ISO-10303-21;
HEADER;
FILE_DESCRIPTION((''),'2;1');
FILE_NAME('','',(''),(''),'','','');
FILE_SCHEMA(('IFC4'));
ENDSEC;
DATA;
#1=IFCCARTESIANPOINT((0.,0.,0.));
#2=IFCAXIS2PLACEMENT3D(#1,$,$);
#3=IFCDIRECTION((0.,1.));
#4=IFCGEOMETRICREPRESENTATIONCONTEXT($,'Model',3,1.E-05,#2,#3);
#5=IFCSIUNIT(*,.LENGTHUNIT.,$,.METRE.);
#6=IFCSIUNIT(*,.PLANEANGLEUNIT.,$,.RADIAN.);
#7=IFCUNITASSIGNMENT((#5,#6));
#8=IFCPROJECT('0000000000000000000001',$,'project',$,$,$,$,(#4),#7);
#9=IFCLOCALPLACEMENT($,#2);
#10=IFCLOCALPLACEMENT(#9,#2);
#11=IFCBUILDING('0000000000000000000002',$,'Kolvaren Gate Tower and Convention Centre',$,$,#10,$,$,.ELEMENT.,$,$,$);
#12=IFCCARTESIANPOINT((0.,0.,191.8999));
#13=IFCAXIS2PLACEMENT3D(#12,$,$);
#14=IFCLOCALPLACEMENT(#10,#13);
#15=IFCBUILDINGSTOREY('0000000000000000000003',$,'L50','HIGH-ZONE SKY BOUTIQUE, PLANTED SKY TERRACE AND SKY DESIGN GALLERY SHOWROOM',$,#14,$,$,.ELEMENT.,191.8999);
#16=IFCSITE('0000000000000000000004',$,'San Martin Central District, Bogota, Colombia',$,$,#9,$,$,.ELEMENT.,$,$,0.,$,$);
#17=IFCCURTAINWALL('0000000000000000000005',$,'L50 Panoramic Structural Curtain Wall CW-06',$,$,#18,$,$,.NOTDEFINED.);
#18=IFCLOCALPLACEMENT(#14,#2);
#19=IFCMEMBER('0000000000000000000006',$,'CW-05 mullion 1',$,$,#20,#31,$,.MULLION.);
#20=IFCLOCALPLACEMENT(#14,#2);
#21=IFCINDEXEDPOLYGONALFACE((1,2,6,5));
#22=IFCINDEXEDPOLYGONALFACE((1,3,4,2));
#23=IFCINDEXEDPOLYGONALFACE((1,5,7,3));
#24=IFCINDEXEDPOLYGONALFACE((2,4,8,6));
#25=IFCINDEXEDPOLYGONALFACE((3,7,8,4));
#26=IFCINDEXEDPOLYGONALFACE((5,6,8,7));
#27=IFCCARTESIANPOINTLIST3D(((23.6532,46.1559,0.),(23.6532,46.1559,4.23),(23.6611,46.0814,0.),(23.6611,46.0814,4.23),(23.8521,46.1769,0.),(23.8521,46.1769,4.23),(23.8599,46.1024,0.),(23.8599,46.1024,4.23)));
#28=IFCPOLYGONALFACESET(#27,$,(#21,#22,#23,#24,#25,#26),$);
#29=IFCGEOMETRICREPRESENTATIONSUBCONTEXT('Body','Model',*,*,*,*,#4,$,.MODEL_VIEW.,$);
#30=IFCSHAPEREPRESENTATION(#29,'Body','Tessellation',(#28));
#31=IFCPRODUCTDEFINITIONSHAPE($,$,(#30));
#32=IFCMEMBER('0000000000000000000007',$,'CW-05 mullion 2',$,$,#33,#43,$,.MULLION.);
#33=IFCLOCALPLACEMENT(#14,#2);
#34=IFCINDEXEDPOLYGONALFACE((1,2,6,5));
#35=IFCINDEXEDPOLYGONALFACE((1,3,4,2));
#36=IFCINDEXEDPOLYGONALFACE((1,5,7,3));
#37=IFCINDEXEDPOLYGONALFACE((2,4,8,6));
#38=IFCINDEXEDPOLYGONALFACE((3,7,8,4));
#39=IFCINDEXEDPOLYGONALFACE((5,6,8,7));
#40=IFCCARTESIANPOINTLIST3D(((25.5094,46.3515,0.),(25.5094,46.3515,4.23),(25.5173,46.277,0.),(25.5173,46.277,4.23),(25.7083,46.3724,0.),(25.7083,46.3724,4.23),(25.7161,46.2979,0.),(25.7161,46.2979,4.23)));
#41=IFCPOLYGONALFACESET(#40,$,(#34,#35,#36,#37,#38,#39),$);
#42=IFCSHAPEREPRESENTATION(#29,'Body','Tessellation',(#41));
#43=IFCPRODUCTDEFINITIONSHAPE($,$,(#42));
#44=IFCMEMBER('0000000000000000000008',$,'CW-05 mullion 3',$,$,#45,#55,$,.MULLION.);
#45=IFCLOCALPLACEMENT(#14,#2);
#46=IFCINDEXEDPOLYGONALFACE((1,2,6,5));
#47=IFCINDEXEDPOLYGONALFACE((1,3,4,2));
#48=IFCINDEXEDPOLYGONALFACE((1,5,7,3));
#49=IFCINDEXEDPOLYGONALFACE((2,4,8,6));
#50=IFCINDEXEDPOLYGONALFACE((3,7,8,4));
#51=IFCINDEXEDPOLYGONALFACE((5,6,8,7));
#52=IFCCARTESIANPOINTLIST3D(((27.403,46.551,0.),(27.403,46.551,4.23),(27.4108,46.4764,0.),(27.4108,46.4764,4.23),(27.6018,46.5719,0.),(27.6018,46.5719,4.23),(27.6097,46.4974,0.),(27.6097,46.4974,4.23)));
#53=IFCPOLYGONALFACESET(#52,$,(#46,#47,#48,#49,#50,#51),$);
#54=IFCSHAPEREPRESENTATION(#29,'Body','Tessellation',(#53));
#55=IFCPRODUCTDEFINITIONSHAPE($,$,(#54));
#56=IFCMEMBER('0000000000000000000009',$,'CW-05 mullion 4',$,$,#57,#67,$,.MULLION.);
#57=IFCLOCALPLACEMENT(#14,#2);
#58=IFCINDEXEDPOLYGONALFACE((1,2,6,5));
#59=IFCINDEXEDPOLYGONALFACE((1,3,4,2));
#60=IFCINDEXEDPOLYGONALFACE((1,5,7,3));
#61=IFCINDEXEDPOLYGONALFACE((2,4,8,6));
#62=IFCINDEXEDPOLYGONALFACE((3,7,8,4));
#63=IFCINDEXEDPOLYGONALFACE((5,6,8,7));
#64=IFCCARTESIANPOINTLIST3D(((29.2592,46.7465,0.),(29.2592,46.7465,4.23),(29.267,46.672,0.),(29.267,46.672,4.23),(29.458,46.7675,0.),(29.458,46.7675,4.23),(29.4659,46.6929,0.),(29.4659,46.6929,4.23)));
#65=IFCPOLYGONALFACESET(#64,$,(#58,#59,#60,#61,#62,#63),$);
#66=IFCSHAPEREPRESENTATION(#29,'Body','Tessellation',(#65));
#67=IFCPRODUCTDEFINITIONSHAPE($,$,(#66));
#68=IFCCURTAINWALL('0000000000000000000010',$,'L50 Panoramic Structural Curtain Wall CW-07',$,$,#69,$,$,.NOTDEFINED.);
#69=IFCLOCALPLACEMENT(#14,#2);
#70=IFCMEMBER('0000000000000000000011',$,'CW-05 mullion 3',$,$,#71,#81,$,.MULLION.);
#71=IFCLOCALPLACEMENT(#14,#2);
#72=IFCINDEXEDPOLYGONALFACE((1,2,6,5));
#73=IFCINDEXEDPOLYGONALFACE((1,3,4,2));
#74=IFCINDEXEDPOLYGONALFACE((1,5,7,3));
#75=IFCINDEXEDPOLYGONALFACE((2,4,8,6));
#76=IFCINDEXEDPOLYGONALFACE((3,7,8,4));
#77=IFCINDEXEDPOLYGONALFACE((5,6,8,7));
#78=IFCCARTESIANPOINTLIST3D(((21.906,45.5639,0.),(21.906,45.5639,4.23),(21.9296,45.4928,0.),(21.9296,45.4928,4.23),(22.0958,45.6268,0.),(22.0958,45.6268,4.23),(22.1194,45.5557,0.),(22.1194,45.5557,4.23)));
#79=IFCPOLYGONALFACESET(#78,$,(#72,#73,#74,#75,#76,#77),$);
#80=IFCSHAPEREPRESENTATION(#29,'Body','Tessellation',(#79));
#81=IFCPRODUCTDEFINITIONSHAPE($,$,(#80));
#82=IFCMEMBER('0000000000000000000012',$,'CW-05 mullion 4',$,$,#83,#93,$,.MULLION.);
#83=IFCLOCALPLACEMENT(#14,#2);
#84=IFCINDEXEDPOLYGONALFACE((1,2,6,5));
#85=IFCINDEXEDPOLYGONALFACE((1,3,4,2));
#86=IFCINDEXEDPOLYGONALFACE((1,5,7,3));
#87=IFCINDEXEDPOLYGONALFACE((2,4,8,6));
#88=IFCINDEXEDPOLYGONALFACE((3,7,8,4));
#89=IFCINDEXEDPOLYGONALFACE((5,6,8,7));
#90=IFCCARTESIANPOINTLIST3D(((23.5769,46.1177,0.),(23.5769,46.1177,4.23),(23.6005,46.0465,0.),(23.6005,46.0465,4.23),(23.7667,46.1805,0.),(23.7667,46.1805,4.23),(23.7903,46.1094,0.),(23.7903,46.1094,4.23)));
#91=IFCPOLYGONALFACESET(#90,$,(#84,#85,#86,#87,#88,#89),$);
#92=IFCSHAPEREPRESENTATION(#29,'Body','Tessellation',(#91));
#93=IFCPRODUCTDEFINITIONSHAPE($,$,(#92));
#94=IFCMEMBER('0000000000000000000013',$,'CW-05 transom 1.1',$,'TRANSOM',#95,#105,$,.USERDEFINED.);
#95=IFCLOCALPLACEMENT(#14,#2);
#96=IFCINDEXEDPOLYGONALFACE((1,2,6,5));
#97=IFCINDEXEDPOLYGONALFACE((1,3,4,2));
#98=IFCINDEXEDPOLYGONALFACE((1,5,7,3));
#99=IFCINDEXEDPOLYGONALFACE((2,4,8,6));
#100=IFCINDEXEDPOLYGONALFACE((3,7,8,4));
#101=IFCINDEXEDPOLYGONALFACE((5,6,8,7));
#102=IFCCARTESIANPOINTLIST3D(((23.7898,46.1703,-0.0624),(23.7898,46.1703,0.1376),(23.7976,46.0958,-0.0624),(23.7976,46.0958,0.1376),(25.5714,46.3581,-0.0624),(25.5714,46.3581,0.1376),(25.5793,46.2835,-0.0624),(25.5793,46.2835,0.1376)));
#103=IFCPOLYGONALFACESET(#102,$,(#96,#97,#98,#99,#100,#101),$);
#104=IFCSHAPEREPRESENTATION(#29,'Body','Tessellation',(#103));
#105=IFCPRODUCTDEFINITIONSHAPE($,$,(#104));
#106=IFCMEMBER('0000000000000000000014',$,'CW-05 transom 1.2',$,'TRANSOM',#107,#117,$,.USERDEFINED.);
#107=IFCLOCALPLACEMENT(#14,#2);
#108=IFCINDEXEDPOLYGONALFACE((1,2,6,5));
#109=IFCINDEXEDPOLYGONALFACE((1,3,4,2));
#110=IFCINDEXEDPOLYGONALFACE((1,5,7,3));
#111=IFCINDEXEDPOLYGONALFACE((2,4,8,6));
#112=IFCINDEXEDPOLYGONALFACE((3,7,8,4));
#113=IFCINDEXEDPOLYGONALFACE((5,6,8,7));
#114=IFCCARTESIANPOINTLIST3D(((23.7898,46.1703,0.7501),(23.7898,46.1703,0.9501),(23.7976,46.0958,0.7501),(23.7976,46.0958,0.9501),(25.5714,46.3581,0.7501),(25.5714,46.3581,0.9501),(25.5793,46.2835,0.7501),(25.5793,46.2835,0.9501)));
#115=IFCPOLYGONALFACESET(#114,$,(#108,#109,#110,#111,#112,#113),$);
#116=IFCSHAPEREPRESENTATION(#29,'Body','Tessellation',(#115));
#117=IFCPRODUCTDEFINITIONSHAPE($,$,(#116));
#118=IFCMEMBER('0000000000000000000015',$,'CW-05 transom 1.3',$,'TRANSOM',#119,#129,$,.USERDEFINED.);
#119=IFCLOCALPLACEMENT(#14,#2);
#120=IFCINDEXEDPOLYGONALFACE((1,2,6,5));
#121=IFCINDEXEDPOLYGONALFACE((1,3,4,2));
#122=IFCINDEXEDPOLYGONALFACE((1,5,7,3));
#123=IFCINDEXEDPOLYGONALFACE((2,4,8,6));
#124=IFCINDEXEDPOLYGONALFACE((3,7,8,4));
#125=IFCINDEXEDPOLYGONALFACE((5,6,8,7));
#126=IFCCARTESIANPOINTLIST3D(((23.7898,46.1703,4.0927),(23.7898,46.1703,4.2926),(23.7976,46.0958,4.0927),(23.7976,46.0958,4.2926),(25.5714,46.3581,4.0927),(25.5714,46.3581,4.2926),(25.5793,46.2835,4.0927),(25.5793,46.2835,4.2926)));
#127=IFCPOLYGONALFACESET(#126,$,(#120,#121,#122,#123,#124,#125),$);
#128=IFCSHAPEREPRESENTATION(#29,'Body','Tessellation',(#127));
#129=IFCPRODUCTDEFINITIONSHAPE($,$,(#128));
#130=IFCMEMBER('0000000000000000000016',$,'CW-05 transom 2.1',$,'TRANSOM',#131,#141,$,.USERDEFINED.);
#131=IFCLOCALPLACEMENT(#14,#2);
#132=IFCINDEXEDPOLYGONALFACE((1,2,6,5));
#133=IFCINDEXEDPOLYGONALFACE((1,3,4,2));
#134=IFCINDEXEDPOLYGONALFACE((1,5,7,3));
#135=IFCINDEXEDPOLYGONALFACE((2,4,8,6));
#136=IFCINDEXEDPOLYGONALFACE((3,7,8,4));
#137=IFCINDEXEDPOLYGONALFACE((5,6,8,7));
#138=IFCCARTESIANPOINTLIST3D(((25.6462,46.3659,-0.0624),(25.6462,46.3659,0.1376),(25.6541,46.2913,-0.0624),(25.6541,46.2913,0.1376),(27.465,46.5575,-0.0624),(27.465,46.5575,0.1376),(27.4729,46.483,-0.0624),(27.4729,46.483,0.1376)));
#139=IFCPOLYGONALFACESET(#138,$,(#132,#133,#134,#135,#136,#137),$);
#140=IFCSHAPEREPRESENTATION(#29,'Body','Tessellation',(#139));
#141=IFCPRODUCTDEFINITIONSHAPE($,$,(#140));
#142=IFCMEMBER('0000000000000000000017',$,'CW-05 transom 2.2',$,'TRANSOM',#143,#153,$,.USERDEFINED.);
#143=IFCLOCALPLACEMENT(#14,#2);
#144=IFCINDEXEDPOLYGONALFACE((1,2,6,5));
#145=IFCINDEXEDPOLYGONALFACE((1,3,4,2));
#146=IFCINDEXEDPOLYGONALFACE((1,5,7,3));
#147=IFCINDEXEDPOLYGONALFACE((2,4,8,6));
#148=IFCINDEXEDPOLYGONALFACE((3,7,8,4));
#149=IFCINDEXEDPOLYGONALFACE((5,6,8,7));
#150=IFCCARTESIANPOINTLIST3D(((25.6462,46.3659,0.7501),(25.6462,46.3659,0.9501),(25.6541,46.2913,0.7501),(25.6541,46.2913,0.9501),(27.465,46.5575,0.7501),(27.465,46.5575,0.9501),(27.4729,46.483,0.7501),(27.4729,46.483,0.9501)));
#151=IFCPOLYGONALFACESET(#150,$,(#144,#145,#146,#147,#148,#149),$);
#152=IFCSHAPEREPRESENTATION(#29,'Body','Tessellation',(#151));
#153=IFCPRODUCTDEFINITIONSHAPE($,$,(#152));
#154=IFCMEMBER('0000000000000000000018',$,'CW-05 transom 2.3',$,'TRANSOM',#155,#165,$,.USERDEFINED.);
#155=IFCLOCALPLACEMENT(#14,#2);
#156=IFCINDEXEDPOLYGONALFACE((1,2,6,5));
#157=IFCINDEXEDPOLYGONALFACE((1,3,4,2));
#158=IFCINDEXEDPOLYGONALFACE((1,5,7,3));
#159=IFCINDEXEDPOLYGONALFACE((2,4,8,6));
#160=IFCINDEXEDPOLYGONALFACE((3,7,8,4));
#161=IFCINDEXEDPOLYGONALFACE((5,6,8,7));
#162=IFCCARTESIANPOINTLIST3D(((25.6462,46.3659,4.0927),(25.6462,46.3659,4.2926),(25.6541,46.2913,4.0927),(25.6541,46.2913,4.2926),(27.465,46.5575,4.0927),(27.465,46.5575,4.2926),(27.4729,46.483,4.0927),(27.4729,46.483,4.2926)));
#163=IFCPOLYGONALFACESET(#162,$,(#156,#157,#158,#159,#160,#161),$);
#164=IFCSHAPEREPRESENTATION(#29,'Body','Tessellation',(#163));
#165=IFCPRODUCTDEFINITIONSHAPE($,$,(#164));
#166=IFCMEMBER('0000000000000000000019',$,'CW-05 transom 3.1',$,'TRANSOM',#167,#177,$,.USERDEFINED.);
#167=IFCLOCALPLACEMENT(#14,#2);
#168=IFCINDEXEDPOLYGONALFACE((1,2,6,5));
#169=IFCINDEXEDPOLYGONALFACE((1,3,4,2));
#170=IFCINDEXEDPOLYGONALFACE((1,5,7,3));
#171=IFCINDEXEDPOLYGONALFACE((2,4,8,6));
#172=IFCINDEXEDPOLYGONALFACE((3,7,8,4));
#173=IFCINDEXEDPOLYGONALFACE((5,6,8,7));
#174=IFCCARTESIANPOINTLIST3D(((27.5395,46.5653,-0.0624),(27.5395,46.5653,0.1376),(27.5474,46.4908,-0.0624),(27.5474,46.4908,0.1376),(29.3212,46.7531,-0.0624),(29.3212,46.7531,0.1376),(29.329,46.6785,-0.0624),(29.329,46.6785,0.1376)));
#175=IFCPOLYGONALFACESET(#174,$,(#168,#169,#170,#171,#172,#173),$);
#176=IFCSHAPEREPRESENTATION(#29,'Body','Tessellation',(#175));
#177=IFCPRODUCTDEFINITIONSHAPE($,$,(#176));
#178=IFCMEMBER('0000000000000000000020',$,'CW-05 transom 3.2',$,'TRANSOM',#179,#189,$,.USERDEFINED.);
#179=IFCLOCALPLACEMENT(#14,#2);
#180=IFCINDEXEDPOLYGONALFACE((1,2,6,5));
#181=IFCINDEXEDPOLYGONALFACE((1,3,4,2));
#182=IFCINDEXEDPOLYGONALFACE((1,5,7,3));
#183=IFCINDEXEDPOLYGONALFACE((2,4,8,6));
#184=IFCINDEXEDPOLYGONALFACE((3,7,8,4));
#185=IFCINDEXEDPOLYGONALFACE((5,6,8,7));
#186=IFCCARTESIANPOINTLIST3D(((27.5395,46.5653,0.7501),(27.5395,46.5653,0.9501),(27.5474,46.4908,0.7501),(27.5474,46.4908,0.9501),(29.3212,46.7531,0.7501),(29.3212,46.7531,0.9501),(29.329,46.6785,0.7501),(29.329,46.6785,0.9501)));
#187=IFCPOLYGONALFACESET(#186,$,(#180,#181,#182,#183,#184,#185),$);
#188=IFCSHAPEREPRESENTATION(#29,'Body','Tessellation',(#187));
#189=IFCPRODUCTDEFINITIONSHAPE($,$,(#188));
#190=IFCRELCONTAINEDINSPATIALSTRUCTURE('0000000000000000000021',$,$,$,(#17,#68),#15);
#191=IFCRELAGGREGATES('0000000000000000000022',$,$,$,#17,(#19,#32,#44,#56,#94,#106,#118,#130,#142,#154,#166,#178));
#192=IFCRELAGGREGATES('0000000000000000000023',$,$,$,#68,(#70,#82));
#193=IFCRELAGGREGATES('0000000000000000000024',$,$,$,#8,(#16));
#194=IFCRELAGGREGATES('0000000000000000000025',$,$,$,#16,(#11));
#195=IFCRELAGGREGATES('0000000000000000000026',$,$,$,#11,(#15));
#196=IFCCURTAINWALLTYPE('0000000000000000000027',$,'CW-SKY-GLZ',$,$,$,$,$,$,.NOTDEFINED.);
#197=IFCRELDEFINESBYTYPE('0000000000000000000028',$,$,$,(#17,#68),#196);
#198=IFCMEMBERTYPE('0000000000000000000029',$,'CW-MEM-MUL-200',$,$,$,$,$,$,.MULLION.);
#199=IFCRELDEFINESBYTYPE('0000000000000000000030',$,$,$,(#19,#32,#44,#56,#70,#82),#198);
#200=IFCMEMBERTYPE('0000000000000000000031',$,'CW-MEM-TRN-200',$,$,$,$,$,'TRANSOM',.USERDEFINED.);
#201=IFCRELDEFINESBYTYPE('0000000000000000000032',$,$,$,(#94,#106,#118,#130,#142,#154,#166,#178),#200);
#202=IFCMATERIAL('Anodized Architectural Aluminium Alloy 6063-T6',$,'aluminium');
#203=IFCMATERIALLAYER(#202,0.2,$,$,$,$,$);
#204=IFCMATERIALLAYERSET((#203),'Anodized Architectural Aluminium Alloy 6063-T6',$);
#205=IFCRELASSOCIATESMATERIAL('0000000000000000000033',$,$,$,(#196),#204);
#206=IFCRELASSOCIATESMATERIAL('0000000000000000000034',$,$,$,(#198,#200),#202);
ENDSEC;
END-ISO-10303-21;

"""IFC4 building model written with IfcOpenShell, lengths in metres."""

from ifc_helpers import new_model, si_unit, direction, frame, origin, origin_2d, place, context, subcontext, project, spatial, rectangle, extrude, material, layer, layer_set, material_profile, profile_set, type_object, element, aggregate, save


model = new_model("IFC4")

# Units and contexts
model_context = context("Model", 3, precision=1e-05, world=origin(), true_north=direction((0.0, 1.0)))
body_context = subcontext(model_context, "Body", "Model", "MODEL_VIEW")
ifc_project = project(units=[si_unit("LENGTHUNIT", "METRE"), si_unit("PLANEANGLEUNIT", "RADIAN")], contexts=[model_context])

# Site, building, storey
site_placement = place(None, origin())
site = spatial("IfcSite", under=ifc_project, at=site_placement, Name="San Martin Central District, Bogota, Colombia", CompositionType="ELEMENT", RefElevation=0.0)
building_placement = place(site_placement, origin())
building = spatial("IfcBuilding", under=site, at=building_placement, Name="Kolvaren Gate Tower and Convention Centre", CompositionType="ELEMENT")
storey_placement = place(building_placement, frame((0.0, 0.0, 191.8999)))
storey = spatial("IfcBuildingStorey", under=building, at=storey_placement, Name="L50", Description="HIGH-ZONE SKY BOUTIQUE, PLANTED SKY TERRACE AND SKY DESIGN GALLERY SHOWROOM", CompositionType="ELEMENT", Elevation=191.8999)

# Curtain walls, members
ifc_material_1 = material(Name="Anodized Architectural Aluminium Alloy 6063-T6", Category="aluminium")
ifc_layer_1 = layer(ifc_material_1, 0.2)
ifc_layer_set_1 = layer_set([ifc_layer_1], Name="Anodized Architectural Aluminium Alloy 6063-T6")
curtain_wall_type = type_object("IfcCurtainWallType", Name="CW-SKY-GLZ", PredefinedType="NOTDEFINED", material=ifc_layer_set_1)
curtain_wall_1_placement = place(storey_placement, origin())
curtain_wall_1 = element("IfcCurtainWall", 1, at=curtain_wall_1_placement, inside=storey, type_object=curtain_wall_type, Name="L50 Panoramic Structural Curtain Wall CW-06", PredefinedType="NOTDEFINED")
ifc_material_profile_1 = material_profile(ifc_material_1, rectangle(XDim=0.075, YDim=0.2, at=origin_2d()), Name="CW-MEM-MUL-200")
ifc_profile_set_1 = profile_set([ifc_material_profile_1], Name="Anodized Architectural Aluminium Alloy 6063-T6")
member_type_1 = type_object("IfcMemberType", Name="CW-MEM-MUL-200", PredefinedType="MULLION", material=ifc_profile_set_1)
member_1_placement = place(storey_placement, frame((23.7566, 46.1292, 0.0), z_axis=(0.0, 0.0, 1.0), x_axis=(-0.104744, 0.994499, 0.0)))
member_1 = element("IfcMember", 2, at=member_1_placement, type_object=member_type_1, Name="CW-05 mullion 1", PredefinedType="MULLION", context=body_context, shape_type="SweptSolid", body=[
    extrude(rectangle(XDim=0.075, YDim=0.2, at=origin_2d()), origin(), (0.0, 0.0, 1.0), 4.23),
])
member_2_placement = place(storey_placement, frame((25.6128, 46.3247, 0.0), z_axis=(0.0, 0.0, 1.0), x_axis=(-0.104744, 0.994499, 0.0)))
member_2 = element("IfcMember", 3, at=member_2_placement, type_object=member_type_1, Name="CW-05 mullion 2", PredefinedType="MULLION", context=body_context, shape_type="SweptSolid", body=[
    extrude(rectangle(XDim=0.075, YDim=0.2, at=origin_2d()), origin(), (0.0, 0.0, 1.0), 4.23),
])
member_3_placement = place(storey_placement, frame((27.5063, 46.5242, 0.0), z_axis=(0.0, 0.0, 1.0), x_axis=(-0.104744, 0.994499, 0.0)))
member_3 = element("IfcMember", 4, at=member_3_placement, type_object=member_type_1, Name="CW-05 mullion 3", PredefinedType="MULLION", context=body_context, shape_type="SweptSolid", body=[
    extrude(rectangle(XDim=0.075, YDim=0.2, at=origin_2d()), origin(), (0.0, 0.0, 1.0), 4.23),
])
member_4_placement = place(storey_placement, frame((29.3625, 46.7197, 0.0), z_axis=(0.0, 0.0, 1.0), x_axis=(-0.104744, 0.994499, 0.0)))
member_4 = element("IfcMember", 5, at=member_4_placement, type_object=member_type_1, Name="CW-05 mullion 4", PredefinedType="MULLION", context=body_context, shape_type="SweptSolid", body=[
    extrude(rectangle(XDim=0.075, YDim=0.2, at=origin_2d()), origin(), (0.0, 0.0, 1.0), 4.23),
])
curtain_wall_2_placement = place(storey_placement, origin())
curtain_wall_2 = element("IfcCurtainWall", 6, at=curtain_wall_2_placement, inside=storey, type_object=curtain_wall_type, Name="L50 Panoramic Structural Curtain Wall CW-07", PredefinedType="NOTDEFINED")
member_5_placement = place(storey_placement, frame((22.0127, 45.5598, 0.0), z_axis=(0.0, 0.0, 1.0), x_axis=(-0.314553, 0.94924, 0.0)))
member_5 = element("IfcMember", 7, at=member_5_placement, type_object=member_type_1, Name="CW-05 mullion 3", PredefinedType="MULLION", context=body_context, shape_type="SweptSolid", body=[
    extrude(rectangle(XDim=0.075, YDim=0.2, at=origin_2d()), origin(), (0.0, 0.0, 1.0), 4.23),
])
member_6_placement = place(storey_placement, frame((23.6836, 46.1135, 0.0), z_axis=(0.0, 0.0, 1.0), x_axis=(-0.314553, 0.94924, 0.0)))
member_6 = element("IfcMember", 8, at=member_6_placement, type_object=member_type_1, Name="CW-05 mullion 4", PredefinedType="MULLION", context=body_context, shape_type="SweptSolid", body=[
    extrude(rectangle(XDim=0.075, YDim=0.2, at=origin_2d()), origin(), (0.0, 0.0, 1.0), 4.23),
])

# Members
ifc_material_profile_2 = material_profile(ifc_material_1, rectangle(XDim=0.075, YDim=0.2, at=origin_2d()), Name="CW-MEM-TRN-200")
ifc_profile_set_2 = profile_set([ifc_material_profile_2], Name="Anodized Architectural Aluminium Alloy 6063-T6")
member_type_2 = type_object("IfcMemberType", Name="CW-MEM-TRN-200", ElementType="TRANSOM", PredefinedType="USERDEFINED", material=ifc_profile_set_2)
member_7_placement = place(storey_placement, frame((23.7937, 46.1331, 0.0376), z_axis=(0.994494, 0.104791, 0.0), x_axis=(-0.104791, 0.994494, 0.0)))
member_7 = element("IfcMember", 9, at=member_7_placement, type_object=member_type_2, Name="CW-05 transom 1.1", ObjectType="TRANSOM", PredefinedType="USERDEFINED", context=body_context, shape_type="SweptSolid", body=[
    extrude(rectangle(XDim=0.075, YDim=0.2, at=origin_2d()), origin(), (0.0, 0.0, 1.0), 1.7915),
])
member_8_placement = place(storey_placement, frame((23.7937, 46.1331, 0.8501), z_axis=(0.994494, 0.104791, 0.0), x_axis=(-0.104791, 0.994494, 0.0)))
member_8 = element("IfcMember", 10, at=member_8_placement, type_object=member_type_2, Name="CW-05 transom 1.2", ObjectType="TRANSOM", PredefinedType="USERDEFINED", context=body_context, shape_type="SweptSolid", body=[
    extrude(rectangle(XDim=0.075, YDim=0.2, at=origin_2d()), origin(), (0.0, 0.0, 1.0), 1.7915),
])
member_9_placement = place(storey_placement, frame((23.7937, 46.1331, 4.1926), z_axis=(0.994494, 0.104791, 0.0), x_axis=(-0.104791, 0.994494, 0.0)))
member_9 = element("IfcMember", 11, at=member_9_placement, type_object=member_type_2, Name="CW-05 transom 1.3", ObjectType="TRANSOM", PredefinedType="USERDEFINED", context=body_context, shape_type="SweptSolid", body=[
    extrude(rectangle(XDim=0.075, YDim=0.2, at=origin_2d()), origin(), (0.0, 0.0, 1.0), 1.7915),
])
member_10_placement = place(storey_placement, frame((25.6501, 46.3286, 0.0376), z_axis=(0.994494, 0.104789, 0.0), x_axis=(-0.104789, 0.994494, 0.0)))
member_10 = element("IfcMember", 12, at=member_10_placement, type_object=member_type_2, Name="CW-05 transom 2.1", ObjectType="TRANSOM", PredefinedType="USERDEFINED", context=body_context, shape_type="SweptSolid", body=[
    extrude(rectangle(XDim=0.075, YDim=0.2, at=origin_2d()), origin(), (0.0, 0.0, 1.0), 1.8289),
])
member_11_placement = place(storey_placement, frame((25.6501, 46.3286, 0.8501), z_axis=(0.994494, 0.104789, 0.0), x_axis=(-0.104789, 0.994494, 0.0)))
member_11 = element("IfcMember", 13, at=member_11_placement, type_object=member_type_2, Name="CW-05 transom 2.2", ObjectType="TRANSOM", PredefinedType="USERDEFINED", context=body_context, shape_type="SweptSolid", body=[
    extrude(rectangle(XDim=0.075, YDim=0.2, at=origin_2d()), origin(), (0.0, 0.0, 1.0), 1.8289),
])
member_12_placement = place(storey_placement, frame((25.6501, 46.3286, 4.1926), z_axis=(0.994494, 0.104789, 0.0), x_axis=(-0.104789, 0.994494, 0.0)))
member_12 = element("IfcMember", 14, at=member_12_placement, type_object=member_type_2, Name="CW-05 transom 2.3", ObjectType="TRANSOM", PredefinedType="USERDEFINED", context=body_context, shape_type="SweptSolid", body=[
    extrude(rectangle(XDim=0.075, YDim=0.2, at=origin_2d()), origin(), (0.0, 0.0, 1.0), 1.8289),
])
member_13_placement = place(storey_placement, frame((27.5435, 46.5281, 0.0376), z_axis=(0.994494, 0.104791, 0.0), x_axis=(-0.104791, 0.994494, 0.0)))
member_13 = element("IfcMember", 15, at=member_13_placement, type_object=member_type_2, Name="CW-05 transom 3.1", ObjectType="TRANSOM", PredefinedType="USERDEFINED", context=body_context, shape_type="SweptSolid", body=[
    extrude(rectangle(XDim=0.075, YDim=0.2, at=origin_2d()), origin(), (0.0, 0.0, 1.0), 1.7915),
])
member_14_placement = place(storey_placement, frame((27.5435, 46.5281, 0.8501), z_axis=(0.994494, 0.104791, 0.0), x_axis=(-0.104791, 0.994494, 0.0)))
member_14 = element("IfcMember", 16, at=member_14_placement, type_object=member_type_2, Name="CW-05 transom 3.2", ObjectType="TRANSOM", PredefinedType="USERDEFINED", context=body_context, shape_type="SweptSolid", body=[
    extrude(rectangle(XDim=0.075, YDim=0.2, at=origin_2d()), origin(), (0.0, 0.0, 1.0), 1.7915),
])

aggregate(curtain_wall_1, [member_1, member_2, member_3, member_4, member_7, member_8, member_9, member_10, member_11, member_12, member_13, member_14])
aggregate(curtain_wall_2, [member_5, member_6])

save(model, "model.ifc")
